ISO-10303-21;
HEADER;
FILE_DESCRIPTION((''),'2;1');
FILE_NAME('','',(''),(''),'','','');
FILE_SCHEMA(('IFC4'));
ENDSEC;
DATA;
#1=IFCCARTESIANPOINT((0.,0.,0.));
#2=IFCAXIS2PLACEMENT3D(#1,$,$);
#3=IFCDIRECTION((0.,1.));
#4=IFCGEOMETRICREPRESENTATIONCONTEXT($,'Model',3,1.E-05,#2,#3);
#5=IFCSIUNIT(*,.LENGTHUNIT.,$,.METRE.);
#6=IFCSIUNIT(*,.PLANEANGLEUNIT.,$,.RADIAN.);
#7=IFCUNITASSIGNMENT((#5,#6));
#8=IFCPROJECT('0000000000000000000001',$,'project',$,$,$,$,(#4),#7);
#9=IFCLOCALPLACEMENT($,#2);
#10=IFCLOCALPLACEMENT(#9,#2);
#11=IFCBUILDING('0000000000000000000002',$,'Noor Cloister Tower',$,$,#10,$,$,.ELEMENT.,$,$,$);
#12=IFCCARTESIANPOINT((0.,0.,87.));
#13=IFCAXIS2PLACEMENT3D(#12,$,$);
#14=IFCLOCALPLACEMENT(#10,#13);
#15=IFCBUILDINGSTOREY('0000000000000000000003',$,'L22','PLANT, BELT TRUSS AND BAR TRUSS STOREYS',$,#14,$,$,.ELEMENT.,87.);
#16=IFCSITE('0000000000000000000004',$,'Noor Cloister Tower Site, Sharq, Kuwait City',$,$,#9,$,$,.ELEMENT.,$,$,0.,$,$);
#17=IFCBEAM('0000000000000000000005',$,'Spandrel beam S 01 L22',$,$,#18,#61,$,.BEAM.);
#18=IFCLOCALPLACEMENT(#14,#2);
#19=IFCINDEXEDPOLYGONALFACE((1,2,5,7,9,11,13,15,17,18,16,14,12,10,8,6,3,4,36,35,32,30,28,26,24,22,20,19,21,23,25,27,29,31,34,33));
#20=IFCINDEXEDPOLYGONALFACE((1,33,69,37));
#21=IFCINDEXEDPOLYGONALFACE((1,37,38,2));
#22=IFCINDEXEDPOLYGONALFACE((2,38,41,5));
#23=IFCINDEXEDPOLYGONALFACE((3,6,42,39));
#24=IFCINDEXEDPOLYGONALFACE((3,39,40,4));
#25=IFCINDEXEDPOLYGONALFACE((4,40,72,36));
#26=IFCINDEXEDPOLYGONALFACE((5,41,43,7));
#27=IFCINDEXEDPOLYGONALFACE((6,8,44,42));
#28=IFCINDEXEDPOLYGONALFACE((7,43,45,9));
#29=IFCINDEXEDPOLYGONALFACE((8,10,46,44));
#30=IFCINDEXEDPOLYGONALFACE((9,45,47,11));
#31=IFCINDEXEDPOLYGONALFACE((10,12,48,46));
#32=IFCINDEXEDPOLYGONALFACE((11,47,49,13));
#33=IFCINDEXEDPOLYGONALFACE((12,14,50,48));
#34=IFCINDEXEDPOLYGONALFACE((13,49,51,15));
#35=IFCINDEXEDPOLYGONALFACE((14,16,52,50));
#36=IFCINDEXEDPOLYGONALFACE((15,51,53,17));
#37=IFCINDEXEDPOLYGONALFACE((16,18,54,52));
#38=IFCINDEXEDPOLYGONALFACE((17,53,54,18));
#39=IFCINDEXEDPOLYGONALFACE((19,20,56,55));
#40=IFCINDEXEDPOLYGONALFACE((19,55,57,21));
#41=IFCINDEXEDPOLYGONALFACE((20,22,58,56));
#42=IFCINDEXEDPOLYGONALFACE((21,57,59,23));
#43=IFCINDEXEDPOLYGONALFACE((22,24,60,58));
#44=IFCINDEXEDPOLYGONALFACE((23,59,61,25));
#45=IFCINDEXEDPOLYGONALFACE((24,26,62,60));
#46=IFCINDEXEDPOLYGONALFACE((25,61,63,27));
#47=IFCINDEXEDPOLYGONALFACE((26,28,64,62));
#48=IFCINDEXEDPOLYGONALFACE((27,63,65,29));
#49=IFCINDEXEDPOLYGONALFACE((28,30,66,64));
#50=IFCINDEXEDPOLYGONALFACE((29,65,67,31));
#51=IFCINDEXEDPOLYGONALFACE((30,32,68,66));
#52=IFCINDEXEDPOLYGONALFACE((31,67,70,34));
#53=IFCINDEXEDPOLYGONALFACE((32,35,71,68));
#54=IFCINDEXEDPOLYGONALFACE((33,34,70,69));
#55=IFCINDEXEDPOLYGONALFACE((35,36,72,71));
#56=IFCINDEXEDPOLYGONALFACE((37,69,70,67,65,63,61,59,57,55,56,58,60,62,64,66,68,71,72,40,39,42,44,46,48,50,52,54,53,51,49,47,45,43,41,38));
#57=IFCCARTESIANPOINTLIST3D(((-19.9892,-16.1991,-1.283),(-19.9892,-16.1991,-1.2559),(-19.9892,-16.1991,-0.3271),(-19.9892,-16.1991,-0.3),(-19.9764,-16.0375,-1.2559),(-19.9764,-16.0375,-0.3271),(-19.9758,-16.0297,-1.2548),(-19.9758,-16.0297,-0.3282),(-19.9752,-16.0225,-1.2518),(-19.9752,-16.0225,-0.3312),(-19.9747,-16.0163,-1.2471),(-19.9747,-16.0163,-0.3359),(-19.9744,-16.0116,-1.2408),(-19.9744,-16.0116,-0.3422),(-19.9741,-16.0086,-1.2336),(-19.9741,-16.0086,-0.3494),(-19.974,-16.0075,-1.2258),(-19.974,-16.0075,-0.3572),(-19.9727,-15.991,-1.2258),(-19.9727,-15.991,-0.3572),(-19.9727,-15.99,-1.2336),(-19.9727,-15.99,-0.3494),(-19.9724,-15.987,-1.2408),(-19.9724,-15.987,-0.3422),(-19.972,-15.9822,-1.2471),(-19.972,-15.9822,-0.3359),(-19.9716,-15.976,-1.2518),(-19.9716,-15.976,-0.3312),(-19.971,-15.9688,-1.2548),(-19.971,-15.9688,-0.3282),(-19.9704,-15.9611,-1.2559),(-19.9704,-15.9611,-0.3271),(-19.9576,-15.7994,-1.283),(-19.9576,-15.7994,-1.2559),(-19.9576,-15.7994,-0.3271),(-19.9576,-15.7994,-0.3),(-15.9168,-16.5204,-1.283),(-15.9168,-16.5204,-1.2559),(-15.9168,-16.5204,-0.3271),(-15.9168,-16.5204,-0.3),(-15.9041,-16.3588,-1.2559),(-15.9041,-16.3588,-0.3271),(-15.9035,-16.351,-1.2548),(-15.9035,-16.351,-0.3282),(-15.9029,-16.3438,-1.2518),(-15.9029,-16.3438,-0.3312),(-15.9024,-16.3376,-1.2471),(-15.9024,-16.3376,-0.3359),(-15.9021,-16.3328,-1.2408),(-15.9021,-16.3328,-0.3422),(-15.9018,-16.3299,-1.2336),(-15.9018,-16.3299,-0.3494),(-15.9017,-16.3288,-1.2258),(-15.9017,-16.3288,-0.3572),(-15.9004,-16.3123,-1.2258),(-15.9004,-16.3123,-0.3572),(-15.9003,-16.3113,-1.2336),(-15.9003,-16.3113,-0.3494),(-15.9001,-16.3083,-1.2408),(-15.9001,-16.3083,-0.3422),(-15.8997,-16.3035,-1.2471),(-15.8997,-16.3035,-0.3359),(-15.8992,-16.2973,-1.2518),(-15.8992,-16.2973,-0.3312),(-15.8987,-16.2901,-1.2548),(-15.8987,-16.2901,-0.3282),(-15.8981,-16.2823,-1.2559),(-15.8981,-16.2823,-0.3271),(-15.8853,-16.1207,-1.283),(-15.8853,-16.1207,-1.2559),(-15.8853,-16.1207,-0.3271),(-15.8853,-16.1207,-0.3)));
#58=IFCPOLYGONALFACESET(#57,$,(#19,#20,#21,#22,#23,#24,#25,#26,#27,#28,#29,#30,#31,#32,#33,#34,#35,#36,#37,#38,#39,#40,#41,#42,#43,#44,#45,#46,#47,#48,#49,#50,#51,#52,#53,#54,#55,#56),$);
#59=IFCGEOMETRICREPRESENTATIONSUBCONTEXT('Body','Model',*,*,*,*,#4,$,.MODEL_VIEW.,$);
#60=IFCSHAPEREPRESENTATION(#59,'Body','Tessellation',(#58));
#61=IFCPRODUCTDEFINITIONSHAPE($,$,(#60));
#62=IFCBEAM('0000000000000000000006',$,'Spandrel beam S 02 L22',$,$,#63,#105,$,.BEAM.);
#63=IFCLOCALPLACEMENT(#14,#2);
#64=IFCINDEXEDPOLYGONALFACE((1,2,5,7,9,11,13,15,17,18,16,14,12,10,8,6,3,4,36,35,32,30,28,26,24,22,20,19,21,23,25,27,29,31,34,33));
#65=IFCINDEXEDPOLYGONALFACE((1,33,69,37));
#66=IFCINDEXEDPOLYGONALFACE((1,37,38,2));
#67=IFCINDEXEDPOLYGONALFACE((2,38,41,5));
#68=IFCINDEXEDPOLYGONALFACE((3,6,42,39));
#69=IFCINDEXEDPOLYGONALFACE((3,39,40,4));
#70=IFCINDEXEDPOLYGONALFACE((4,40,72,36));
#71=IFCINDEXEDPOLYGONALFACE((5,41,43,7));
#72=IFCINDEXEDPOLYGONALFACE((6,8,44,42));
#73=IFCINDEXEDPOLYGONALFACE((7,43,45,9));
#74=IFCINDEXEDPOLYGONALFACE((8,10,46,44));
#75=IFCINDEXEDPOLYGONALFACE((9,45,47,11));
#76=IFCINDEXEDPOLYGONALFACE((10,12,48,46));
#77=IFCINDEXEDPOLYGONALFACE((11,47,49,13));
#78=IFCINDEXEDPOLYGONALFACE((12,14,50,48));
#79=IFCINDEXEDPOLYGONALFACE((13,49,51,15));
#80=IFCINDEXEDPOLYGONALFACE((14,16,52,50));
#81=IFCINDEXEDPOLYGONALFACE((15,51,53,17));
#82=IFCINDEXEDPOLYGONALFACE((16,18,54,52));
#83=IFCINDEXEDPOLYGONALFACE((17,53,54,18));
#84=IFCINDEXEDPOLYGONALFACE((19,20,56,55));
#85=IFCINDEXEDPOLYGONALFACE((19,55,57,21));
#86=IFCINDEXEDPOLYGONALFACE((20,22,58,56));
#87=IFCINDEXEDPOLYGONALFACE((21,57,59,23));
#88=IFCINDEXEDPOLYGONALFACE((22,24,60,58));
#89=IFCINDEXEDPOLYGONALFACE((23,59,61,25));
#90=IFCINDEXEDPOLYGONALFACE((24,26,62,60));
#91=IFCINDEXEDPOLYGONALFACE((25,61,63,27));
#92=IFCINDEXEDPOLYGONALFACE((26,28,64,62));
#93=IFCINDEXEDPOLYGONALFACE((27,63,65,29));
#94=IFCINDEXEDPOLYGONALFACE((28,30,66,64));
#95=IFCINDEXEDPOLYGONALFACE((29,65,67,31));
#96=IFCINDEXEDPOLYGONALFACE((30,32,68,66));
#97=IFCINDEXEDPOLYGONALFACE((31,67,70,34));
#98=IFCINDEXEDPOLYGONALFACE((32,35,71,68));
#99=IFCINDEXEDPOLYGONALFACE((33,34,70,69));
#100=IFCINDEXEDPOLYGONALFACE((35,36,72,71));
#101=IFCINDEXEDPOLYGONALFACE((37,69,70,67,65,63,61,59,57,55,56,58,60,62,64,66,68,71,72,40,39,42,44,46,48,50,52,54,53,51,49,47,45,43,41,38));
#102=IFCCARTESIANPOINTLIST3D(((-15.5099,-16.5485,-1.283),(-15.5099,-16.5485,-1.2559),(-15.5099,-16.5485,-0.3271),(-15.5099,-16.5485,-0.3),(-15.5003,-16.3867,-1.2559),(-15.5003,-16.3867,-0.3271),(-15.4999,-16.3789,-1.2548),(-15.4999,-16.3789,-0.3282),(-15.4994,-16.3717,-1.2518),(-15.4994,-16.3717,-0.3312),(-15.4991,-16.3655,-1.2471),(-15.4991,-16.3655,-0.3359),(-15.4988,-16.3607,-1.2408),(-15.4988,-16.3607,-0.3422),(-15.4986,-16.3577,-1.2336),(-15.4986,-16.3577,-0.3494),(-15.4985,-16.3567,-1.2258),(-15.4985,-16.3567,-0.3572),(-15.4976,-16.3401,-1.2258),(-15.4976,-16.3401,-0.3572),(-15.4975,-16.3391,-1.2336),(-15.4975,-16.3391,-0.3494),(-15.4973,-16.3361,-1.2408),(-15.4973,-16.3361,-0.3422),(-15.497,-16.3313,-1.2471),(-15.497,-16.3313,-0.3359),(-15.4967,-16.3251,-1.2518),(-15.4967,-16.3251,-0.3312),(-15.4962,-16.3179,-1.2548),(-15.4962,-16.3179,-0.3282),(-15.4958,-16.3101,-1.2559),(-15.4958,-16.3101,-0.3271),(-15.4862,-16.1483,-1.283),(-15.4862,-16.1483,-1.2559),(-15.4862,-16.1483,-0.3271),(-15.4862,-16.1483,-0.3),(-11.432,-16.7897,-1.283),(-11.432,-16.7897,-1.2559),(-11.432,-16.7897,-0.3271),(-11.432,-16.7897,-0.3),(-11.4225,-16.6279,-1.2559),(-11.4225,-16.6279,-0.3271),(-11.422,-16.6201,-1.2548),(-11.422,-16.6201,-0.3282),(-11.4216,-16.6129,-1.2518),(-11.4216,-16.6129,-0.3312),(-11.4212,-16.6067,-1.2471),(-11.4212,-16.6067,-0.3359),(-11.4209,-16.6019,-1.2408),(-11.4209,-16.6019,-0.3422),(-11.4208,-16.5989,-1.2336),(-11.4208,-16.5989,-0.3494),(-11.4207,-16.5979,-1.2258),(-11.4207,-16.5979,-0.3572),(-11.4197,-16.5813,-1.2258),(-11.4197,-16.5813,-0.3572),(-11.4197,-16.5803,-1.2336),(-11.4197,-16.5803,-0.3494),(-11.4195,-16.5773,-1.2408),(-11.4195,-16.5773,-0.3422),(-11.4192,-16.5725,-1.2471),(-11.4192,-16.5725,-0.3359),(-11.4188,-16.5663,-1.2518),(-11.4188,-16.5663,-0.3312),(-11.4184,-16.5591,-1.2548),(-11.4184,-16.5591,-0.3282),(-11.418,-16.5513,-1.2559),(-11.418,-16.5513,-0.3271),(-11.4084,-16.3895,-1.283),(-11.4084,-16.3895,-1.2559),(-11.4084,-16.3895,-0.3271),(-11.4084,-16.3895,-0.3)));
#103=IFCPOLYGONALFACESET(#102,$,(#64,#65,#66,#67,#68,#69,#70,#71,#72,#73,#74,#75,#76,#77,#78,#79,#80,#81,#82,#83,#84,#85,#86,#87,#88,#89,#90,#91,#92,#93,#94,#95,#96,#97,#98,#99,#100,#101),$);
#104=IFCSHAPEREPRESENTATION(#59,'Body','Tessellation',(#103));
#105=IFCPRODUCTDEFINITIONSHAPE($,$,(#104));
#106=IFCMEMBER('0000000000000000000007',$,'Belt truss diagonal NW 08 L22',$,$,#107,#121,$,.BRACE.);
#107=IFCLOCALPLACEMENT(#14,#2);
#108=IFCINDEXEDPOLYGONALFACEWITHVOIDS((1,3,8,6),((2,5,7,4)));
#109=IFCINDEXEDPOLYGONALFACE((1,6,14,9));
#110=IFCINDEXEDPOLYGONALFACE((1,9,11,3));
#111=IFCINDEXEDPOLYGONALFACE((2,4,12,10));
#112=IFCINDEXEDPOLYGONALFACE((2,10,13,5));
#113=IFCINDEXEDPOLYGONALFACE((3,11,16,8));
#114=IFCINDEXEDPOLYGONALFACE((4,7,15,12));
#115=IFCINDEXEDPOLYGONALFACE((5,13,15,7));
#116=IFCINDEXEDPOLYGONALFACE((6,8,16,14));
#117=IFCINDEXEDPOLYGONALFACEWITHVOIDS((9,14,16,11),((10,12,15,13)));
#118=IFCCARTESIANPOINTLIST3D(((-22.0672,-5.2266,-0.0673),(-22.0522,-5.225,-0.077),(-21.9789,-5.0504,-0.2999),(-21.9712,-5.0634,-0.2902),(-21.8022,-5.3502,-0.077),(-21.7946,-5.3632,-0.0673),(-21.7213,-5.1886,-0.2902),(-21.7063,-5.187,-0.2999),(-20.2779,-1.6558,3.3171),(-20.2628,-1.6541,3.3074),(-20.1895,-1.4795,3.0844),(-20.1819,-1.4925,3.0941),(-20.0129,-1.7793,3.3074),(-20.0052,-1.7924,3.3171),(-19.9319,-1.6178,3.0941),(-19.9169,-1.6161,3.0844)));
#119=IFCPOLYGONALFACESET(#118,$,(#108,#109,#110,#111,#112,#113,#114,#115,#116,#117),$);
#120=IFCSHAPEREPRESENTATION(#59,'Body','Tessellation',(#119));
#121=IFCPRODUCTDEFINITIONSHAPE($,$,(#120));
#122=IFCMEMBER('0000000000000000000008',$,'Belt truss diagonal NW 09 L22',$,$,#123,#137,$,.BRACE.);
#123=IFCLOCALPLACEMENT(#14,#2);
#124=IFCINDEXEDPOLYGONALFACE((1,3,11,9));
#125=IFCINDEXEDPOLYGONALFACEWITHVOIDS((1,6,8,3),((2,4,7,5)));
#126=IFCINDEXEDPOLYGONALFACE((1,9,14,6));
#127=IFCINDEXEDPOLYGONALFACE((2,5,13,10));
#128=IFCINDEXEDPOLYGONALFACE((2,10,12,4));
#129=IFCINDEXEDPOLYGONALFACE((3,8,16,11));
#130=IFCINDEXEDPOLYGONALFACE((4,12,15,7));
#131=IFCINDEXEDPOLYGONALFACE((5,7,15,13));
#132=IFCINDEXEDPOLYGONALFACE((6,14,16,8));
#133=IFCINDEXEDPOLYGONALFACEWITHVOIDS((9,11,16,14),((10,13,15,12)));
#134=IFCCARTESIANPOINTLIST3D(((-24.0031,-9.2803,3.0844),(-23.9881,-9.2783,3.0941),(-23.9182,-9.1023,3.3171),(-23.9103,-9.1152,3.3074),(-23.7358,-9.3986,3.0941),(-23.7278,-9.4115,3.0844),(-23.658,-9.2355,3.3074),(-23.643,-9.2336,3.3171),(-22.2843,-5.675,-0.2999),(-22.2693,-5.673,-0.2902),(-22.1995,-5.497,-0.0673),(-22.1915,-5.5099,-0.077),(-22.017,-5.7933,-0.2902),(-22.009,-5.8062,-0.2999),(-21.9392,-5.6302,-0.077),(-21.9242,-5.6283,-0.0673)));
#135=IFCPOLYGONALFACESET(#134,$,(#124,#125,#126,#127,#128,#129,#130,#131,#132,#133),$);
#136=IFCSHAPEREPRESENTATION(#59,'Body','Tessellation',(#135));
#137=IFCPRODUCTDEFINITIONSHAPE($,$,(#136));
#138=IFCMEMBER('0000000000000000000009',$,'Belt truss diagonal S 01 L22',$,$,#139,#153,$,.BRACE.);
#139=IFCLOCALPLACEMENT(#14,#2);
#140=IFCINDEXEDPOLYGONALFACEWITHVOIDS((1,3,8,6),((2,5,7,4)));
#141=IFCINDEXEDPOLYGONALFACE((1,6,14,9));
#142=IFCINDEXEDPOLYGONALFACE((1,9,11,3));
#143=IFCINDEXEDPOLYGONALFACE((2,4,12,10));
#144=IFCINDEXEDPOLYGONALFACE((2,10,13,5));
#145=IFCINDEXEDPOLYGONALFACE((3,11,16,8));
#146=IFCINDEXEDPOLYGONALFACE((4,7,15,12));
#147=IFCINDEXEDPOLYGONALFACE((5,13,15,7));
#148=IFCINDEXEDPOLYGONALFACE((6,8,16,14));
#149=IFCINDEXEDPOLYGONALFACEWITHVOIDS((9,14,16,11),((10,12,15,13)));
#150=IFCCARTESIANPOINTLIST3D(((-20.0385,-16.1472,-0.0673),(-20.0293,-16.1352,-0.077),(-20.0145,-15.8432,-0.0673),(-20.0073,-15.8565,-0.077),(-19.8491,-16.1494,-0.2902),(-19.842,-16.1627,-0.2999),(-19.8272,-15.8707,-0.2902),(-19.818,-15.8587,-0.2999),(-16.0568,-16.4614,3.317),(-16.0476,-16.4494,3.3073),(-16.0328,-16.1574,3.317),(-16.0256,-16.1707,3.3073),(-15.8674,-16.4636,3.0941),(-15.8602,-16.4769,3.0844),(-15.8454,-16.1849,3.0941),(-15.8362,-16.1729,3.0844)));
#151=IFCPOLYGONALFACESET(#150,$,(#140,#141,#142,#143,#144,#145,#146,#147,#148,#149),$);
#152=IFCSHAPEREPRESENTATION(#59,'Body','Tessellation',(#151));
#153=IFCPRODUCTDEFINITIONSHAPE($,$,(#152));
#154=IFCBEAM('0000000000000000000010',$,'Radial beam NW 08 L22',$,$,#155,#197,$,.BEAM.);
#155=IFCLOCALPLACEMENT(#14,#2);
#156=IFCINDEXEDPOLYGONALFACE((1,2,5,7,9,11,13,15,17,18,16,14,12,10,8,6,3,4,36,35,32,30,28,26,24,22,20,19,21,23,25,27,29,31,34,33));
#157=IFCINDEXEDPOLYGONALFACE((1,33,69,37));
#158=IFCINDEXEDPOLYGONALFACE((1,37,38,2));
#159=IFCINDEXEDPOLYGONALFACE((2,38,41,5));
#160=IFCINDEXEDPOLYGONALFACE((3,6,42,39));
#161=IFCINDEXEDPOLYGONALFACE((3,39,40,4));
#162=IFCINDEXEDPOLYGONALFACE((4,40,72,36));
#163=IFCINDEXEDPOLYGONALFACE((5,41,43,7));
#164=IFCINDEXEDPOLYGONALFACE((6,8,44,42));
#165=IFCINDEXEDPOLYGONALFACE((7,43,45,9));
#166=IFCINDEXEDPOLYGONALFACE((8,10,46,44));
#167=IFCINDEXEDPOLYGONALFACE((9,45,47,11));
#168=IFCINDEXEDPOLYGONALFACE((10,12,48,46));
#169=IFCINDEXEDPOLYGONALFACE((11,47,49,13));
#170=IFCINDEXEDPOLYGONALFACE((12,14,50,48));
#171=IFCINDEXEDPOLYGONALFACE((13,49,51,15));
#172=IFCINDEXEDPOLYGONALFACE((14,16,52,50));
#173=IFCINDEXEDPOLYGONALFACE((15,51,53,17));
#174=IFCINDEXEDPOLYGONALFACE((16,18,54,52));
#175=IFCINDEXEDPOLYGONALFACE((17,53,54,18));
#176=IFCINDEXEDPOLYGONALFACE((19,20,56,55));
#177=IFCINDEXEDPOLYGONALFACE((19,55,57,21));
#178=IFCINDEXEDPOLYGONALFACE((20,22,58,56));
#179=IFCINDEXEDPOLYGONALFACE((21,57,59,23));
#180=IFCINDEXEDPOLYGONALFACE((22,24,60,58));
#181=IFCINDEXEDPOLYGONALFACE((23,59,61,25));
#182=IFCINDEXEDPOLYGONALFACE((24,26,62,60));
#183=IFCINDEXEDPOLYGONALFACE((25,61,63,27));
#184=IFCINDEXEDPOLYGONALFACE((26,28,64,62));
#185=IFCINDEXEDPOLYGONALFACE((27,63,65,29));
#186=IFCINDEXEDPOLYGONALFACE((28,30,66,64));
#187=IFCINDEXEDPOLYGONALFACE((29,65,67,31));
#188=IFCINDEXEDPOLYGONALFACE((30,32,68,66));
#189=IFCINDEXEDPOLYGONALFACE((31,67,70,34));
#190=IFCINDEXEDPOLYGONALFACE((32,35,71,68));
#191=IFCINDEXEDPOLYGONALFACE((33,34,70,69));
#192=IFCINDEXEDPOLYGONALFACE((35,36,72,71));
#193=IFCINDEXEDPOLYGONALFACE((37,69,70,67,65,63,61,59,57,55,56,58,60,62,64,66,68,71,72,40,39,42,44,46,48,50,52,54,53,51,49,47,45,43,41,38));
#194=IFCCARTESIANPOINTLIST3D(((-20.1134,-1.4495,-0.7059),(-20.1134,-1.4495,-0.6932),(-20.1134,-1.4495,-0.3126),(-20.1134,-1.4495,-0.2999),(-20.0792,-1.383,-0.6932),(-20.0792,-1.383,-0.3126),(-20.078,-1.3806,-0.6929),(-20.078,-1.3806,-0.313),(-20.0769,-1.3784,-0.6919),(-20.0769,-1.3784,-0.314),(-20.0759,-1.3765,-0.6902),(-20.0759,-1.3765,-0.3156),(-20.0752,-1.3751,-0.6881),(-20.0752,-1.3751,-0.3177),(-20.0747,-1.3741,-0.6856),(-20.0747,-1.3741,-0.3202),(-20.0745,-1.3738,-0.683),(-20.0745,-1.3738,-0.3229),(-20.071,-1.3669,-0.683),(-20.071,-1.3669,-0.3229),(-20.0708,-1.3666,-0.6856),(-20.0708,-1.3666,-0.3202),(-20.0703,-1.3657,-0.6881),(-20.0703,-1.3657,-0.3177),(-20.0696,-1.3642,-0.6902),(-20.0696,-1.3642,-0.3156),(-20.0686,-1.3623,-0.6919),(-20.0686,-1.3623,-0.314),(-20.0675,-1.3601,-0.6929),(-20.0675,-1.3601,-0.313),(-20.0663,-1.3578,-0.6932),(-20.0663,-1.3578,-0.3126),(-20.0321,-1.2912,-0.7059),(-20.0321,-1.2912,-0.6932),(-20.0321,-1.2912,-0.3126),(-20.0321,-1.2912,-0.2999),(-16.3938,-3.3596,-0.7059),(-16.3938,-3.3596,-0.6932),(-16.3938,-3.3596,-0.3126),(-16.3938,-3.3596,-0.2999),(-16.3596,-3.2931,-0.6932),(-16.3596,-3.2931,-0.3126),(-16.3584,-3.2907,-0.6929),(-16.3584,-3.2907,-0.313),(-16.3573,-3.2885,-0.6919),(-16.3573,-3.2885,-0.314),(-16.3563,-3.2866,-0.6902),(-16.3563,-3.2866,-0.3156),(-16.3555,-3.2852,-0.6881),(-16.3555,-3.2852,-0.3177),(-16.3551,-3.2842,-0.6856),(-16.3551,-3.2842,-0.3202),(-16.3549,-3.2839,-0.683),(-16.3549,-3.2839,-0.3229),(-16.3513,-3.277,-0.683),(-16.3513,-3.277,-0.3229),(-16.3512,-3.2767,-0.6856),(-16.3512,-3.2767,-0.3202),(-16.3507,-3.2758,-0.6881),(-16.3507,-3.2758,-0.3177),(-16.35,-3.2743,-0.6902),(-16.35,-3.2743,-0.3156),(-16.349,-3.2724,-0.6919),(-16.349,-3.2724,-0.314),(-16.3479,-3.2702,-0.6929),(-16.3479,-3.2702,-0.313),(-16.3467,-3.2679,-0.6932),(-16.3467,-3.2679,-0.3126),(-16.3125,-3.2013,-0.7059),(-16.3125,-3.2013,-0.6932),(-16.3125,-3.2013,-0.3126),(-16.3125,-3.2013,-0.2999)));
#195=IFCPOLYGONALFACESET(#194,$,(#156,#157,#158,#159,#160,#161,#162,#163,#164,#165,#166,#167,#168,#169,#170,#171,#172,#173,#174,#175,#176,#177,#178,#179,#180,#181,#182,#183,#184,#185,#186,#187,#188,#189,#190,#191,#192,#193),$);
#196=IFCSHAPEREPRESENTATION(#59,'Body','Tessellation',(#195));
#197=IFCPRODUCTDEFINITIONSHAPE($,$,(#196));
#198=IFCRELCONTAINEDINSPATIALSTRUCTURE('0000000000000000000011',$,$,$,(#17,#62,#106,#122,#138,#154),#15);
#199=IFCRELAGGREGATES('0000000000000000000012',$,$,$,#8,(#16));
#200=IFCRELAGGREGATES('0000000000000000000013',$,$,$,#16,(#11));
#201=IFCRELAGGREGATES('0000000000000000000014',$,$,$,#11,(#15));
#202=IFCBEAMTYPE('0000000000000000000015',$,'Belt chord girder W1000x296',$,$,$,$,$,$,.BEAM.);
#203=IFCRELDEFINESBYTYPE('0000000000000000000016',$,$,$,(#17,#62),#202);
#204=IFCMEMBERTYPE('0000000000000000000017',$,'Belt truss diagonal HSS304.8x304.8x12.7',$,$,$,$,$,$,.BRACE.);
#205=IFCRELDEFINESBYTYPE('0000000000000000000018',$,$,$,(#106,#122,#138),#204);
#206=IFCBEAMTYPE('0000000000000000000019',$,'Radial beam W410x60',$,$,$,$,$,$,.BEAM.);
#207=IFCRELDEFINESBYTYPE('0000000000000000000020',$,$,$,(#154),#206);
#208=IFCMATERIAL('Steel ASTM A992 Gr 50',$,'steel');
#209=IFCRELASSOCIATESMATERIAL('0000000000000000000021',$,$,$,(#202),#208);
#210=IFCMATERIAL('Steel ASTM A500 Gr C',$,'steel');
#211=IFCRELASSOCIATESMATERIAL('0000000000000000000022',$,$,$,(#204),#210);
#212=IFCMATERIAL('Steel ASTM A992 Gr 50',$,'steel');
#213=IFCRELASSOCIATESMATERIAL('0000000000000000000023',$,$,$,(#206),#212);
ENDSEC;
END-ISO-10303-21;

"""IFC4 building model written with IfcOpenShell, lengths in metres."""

from ifc_helpers import new_model, si_unit, direction, frame, origin, origin_2d, place, context, subcontext, project, spatial, hollow_rectangle, i_section, extrude, material, material_profile, profile_set, type_object, element, save


model = new_model("IFC4")

# Units and contexts
model_context = context("Model", 3, precision=1e-05, world=origin(), true_north=direction((0.0, 1.0)))
body_context = subcontext(model_context, "Body", "Model", "MODEL_VIEW")
ifc_project = project(units=[si_unit("LENGTHUNIT", "METRE"), si_unit("PLANEANGLEUNIT", "RADIAN")], contexts=[model_context])

# Site, building, storey
site_placement = place(None, origin())
site = spatial("IfcSite", under=ifc_project, at=site_placement, Name="Noor Cloister Tower Site, Sharq, Kuwait City", CompositionType="ELEMENT", RefElevation=0.0)
building_placement = place(site_placement, origin())
building = spatial("IfcBuilding", under=site, at=building_placement, Name="Noor Cloister Tower", CompositionType="ELEMENT")
storey_placement = place(building_placement, frame((0.0, 0.0, 87.0)))
storey = spatial("IfcBuildingStorey", under=building, at=storey_placement, Name="L22", Description="PLANT, BELT TRUSS AND BAR TRUSS STOREYS", CompositionType="ELEMENT", Elevation=87.0)

# Beams
ifc_material_1 = material(Name="Steel ASTM A992 Gr 50", Category="steel")
ifc_material_profile_1 = material_profile(ifc_material_1, i_section(OverallWidth=0.4009, OverallDepth=0.9829, WebThickness=0.0166, FlangeThickness=0.0271, FilletRadius=0.03, at=origin_2d()), Name="W1000x296")
ifc_profile_set_1 = profile_set([ifc_material_profile_1], Name="Steel ASTM A992 Gr 50")
beam_type_1 = type_object("IfcBeamType", Name="Belt chord girder W1000x296", PredefinedType="BEAM", material=ifc_profile_set_1)
for number, where, z_axis, x_axis, name in (
    (1, (-19.9734, -15.9993, -0.7915), (0.996902, -0.078652, 0.0), (0.078652, 0.996902, 0.0), "Spandrel beam S 01 L22"),
    (2, (-15.498, -16.3484, -0.7915), (0.998255, -0.059048, 0.0), (0.059048, 0.998255, 0.0), "Spandrel beam S 02 L22"),
):
    element("IfcBeam", number, at=place(storey_placement, frame(where, z_axis=z_axis, x_axis=x_axis)), inside=storey, type_object=beam_type_1, Name=name, PredefinedType="BEAM", context=body_context, shape_type="SweptSolid", body=[
        extrude(i_section(OverallWidth=0.4009, OverallDepth=0.9829, WebThickness=0.0166, FlangeThickness=0.0271, FilletRadius=0.03, at=origin_2d()), origin(), (0.0, 0.0, 1.0), 4.085),
    ])

# Members
ifc_material_2 = material(Name="Steel ASTM A500 Gr C", Category="steel")
ifc_material_profile_2 = material_profile(ifc_material_2, hollow_rectangle(XDim=0.3049, YDim=0.3049, WallThickness=0.0127, at=origin_2d()), Name="HSS304.8x304.8x12.7")
ifc_profile_set_2 = profile_set([ifc_material_profile_2], Name="Steel ASTM A500 Gr C")
member_type = type_object("IfcMemberType", Name="Belt truss diagonal HSS304.8x304.8x12.7", PredefinedType="BRACE", material=ifc_profile_set_2)
for number, where, z_axis, x_axis, name in (
    (3, (-21.8867, -5.2068, -0.1836), (0.341795, 0.682097, 0.646467), (-0.894036, 0.447996, 0.0), "Belt truss diagonal NW 08 L22"),
    (4, (-22.1042, -5.6516, -0.1836), (-0.32832, -0.688679, 0.646473), (0.902668, -0.430337, 0.0), "Belt truss diagonal NW 09 L22"),
    (5, (-19.9282, -16.0029, -0.1836), (0.760581, -0.06002, 0.646463), (0.078669, 0.996901, 0.0), "Belt truss diagonal S 01 L22"),
):
    element("IfcMember", number, at=place(storey_placement, frame(where, z_axis=z_axis, x_axis=x_axis)), inside=storey, type_object=member_type, Name=name, PredefinedType="BRACE", context=body_context, shape_type="SweptSolid", body=[
        extrude(hollow_rectangle(XDim=0.3049, YDim=0.3049, WallThickness=0.0127, at=origin_2d()), origin(), (0.0, 0.0, 1.0), 5.2351),
    ])

# Beam
ifc_material_3 = material(Name="Steel ASTM A992 Gr 50", Category="steel")
ifc_material_profile_3 = material_profile(ifc_material_3, i_section(OverallWidth=0.178, OverallDepth=0.406, WebThickness=0.0078, FlangeThickness=0.0127, FilletRadius=0.0103, at=origin_2d()), Name="W410x60")
ifc_profile_set_3 = profile_set([ifc_material_profile_3], Name="Steel ASTM A992 Gr 50")
beam_type_2 = type_object("IfcBeamType", Name="Radial beam W410x60", PredefinedType="BEAM", material=ifc_profile_set_3)
beam_1_placement = place(storey_placement, frame((-20.0728, -1.3704, -0.5029), z_axis=(0.889564, -0.45681, 0.0), x_axis=(0.45681, 0.889564, 0.0)))
element("IfcBeam", 6, at=beam_1_placement, inside=storey, type_object=beam_type_2, Name="Radial beam NW 08 L22", PredefinedType="BEAM", context=body_context, shape_type="SweptSolid", body=[
    extrude(i_section(OverallWidth=0.178, OverallDepth=0.406, WebThickness=0.0078, FlangeThickness=0.0127, FilletRadius=0.0103, at=origin_2d()), origin(), (0.0, 0.0, 1.0), 4.1814),
])

save(model, "model.ifc")
